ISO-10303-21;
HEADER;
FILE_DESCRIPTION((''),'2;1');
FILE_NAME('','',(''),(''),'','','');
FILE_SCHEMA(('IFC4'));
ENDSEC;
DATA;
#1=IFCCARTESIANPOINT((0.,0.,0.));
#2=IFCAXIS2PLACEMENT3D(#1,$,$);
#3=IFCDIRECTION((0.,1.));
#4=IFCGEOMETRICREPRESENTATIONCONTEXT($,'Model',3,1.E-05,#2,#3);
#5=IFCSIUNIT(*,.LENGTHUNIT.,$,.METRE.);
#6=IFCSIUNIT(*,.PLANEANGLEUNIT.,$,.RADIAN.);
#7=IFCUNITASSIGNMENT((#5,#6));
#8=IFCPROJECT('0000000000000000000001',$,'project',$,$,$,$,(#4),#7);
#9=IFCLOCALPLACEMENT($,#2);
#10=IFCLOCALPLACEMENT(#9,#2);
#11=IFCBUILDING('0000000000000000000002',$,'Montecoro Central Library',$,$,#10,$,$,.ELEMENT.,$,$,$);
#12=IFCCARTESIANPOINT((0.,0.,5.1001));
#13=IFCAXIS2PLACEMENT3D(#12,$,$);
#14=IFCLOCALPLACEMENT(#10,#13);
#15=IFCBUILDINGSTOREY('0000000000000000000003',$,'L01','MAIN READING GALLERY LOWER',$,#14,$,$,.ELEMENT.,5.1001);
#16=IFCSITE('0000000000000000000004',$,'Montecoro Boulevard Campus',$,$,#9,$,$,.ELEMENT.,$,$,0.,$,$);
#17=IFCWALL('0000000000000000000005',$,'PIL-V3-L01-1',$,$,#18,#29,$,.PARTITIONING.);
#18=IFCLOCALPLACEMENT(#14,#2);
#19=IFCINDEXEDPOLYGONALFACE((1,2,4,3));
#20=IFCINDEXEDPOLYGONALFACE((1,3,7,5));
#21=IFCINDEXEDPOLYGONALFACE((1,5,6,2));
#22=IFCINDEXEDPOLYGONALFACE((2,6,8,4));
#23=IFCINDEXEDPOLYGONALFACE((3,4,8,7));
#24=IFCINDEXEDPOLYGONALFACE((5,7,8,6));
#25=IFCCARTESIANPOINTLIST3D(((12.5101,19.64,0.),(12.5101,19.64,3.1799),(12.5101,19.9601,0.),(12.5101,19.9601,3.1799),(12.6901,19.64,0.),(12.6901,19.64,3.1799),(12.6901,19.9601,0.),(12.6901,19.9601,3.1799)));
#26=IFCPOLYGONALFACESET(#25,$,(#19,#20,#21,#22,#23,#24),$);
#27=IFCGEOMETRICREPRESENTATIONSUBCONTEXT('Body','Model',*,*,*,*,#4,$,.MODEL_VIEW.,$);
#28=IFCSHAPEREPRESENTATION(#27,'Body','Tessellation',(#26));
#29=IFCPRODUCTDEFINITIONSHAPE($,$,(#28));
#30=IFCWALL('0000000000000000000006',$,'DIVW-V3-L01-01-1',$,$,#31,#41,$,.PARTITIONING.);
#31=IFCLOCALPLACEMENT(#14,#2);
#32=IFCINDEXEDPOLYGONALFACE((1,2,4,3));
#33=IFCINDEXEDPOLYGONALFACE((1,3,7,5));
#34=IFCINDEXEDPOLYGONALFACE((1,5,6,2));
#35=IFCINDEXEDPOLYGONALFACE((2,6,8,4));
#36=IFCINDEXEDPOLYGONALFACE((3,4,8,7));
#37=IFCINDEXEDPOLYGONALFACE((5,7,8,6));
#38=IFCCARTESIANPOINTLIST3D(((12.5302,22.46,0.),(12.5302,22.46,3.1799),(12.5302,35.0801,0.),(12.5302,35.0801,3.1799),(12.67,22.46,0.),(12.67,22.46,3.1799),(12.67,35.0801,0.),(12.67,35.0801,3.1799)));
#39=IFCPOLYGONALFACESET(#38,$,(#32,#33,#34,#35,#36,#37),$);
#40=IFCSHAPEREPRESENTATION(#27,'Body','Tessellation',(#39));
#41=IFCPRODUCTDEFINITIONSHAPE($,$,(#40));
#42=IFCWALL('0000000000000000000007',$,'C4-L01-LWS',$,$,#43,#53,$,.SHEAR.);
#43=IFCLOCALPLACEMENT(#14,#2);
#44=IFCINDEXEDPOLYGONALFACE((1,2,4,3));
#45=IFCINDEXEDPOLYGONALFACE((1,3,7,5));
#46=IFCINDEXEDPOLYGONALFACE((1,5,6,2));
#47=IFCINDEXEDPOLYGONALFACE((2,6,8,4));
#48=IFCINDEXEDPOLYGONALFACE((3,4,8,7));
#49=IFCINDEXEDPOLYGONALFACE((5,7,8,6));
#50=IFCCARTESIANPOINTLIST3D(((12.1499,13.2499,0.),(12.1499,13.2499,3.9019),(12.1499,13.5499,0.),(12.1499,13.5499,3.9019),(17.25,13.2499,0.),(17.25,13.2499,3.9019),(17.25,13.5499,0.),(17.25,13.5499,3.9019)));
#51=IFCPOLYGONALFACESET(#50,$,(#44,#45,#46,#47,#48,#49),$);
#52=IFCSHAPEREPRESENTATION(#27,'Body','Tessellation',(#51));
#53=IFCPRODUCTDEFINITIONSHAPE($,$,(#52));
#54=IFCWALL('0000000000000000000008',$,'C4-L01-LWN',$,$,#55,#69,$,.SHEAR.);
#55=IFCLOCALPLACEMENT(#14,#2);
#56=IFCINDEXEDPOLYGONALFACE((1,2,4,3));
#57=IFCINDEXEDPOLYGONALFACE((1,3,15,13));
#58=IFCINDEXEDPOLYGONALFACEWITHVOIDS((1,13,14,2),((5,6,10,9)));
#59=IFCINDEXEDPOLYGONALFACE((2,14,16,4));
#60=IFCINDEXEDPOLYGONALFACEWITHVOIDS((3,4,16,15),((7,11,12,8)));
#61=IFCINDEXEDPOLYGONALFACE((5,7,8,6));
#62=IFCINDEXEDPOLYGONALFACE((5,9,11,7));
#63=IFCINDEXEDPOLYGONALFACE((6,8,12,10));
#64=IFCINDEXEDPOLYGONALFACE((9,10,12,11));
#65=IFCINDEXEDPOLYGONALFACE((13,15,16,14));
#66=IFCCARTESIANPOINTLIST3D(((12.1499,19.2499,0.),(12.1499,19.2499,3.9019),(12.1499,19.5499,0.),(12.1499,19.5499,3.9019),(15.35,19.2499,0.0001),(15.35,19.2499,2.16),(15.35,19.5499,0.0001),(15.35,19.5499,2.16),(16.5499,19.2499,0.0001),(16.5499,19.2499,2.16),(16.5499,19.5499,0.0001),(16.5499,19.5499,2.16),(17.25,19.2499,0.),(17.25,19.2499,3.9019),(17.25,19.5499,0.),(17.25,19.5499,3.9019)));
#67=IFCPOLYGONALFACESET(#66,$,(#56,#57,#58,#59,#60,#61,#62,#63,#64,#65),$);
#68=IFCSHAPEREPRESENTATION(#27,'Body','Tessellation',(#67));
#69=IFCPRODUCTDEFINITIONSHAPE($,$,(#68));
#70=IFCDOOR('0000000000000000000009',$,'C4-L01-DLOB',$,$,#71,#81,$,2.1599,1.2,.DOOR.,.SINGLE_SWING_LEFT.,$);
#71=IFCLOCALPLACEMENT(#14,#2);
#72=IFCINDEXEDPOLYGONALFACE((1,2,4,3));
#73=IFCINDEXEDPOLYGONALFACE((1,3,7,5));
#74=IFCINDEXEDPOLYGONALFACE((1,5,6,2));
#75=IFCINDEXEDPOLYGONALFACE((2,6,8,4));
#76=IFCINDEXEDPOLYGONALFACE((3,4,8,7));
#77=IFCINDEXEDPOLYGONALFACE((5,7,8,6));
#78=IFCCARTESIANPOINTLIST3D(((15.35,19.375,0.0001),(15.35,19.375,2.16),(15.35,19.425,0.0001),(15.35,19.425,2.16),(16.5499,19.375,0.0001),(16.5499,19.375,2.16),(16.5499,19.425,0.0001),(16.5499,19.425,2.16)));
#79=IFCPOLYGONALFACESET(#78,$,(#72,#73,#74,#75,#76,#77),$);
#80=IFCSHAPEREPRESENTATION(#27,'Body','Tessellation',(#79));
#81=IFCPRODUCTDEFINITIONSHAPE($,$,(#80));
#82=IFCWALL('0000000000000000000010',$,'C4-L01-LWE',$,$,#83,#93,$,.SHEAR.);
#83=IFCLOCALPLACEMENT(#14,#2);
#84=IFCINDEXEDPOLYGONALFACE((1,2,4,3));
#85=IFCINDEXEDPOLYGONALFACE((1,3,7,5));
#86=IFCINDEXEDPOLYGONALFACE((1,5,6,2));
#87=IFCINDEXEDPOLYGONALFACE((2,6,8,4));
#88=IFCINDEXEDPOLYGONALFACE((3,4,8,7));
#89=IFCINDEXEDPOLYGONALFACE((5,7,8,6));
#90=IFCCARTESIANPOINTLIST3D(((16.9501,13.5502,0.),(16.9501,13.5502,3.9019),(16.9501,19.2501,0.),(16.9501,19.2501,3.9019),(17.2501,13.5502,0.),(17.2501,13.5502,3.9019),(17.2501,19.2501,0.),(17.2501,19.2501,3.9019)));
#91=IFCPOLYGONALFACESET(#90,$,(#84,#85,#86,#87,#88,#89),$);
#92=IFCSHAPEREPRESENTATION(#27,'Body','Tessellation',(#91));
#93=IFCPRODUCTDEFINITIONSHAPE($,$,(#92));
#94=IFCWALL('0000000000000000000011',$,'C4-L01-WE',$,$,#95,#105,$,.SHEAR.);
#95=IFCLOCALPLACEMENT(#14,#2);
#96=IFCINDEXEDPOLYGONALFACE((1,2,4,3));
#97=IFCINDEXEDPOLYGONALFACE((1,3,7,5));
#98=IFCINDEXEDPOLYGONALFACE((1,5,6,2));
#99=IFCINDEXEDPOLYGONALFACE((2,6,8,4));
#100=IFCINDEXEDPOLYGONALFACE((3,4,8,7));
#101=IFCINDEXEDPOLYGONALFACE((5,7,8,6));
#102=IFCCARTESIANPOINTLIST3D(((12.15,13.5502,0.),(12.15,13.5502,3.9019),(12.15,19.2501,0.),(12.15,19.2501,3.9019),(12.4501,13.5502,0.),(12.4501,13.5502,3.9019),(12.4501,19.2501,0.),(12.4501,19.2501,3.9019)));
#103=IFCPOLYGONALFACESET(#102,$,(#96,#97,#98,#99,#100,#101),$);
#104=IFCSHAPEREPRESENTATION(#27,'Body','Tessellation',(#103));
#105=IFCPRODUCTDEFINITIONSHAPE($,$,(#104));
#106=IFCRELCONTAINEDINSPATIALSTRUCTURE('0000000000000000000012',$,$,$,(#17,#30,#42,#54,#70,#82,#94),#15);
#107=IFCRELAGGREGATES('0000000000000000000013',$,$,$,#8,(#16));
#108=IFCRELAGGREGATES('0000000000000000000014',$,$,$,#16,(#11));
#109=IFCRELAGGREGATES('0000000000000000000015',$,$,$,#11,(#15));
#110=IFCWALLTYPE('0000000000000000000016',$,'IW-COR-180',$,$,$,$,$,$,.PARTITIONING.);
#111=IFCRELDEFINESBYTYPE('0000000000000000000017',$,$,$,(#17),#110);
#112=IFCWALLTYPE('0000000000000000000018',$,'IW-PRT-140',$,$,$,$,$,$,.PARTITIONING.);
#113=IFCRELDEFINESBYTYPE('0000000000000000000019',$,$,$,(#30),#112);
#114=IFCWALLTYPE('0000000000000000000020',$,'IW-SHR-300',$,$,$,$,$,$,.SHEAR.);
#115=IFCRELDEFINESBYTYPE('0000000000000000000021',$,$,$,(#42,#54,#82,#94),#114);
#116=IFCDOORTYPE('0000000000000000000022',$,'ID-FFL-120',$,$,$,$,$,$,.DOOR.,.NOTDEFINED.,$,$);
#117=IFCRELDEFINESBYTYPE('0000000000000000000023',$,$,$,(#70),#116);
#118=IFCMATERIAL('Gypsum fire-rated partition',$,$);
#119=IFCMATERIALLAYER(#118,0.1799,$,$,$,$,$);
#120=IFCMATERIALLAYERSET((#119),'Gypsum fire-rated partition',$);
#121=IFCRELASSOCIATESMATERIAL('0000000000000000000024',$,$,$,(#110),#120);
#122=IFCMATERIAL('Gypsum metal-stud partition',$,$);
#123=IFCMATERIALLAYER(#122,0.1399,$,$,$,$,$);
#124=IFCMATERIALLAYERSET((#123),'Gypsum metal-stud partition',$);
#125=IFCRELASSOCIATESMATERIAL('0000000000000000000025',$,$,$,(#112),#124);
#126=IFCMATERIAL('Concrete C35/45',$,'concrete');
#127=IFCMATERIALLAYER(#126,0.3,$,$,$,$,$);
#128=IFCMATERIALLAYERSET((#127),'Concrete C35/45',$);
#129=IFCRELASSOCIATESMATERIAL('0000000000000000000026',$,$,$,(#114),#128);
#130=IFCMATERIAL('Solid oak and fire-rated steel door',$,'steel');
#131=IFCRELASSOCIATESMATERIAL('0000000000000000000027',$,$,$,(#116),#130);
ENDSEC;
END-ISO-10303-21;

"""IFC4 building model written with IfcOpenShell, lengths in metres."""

from ifc_helpers import new_model, si_unit, direction, frame, frame_2d, origin, place, context, subcontext, project, spatial, rectangle, extrude, material, layer, layer_set, type_object, element, fill, save


model = new_model("IFC4")

# Units and contexts
model_context = context("Model", 3, precision=1e-05, world=origin(), true_north=direction((0.0, 1.0)))
body_context = subcontext(model_context, "Body", "Model", "MODEL_VIEW")
ifc_project = project(units=[si_unit("LENGTHUNIT", "METRE"), si_unit("PLANEANGLEUNIT", "RADIAN")], contexts=[model_context])

# Site, building, storey
site_placement = place(None, origin())
site = spatial("IfcSite", under=ifc_project, at=site_placement, Name="Montecoro Boulevard Campus", CompositionType="ELEMENT", RefElevation=0.0)
building_placement = place(site_placement, origin())
building = spatial("IfcBuilding", under=site, at=building_placement, Name="Montecoro Central Library", CompositionType="ELEMENT")
storey_placement = place(building_placement, frame((0.0, 0.0, 5.1001)))
storey = spatial("IfcBuildingStorey", under=building, at=storey_placement, Name="L01", Description="MAIN READING GALLERY LOWER", CompositionType="ELEMENT", Elevation=5.1001)

# Shared definitions
ifc_material_1 = material(Name="Gypsum fire-rated partition")
ifc_layer_1 = layer(ifc_material_1, 0.1799)
ifc_layer_set_1 = layer_set([ifc_layer_1], Name="Gypsum fire-rated partition")
wall_type_1 = type_object("IfcWallType", Name="IW-COR-180", PredefinedType="PARTITIONING", material=ifc_layer_set_1)
ifc_material_2 = material(Name="Solid oak and fire-rated steel door", Category="steel")

# Wall
wall_1_placement = place(storey_placement, frame((12.6001, 19.6399, 0.0), z_axis=(0.0, 0.0, 1.0), x_axis=(0.0, 1.0, 0.0)))
element("IfcWall", 1, at=wall_1_placement, inside=storey, type_object=wall_type_1, Name="PIL-V3-L01-1", PredefinedType="PARTITIONING", context=body_context, shape_type="SweptSolid", body=[
    extrude(rectangle(XDim=0.3201, YDim=0.1799, at=frame_2d((0.1602, 0.0))), origin(), (0.0, 0.0, 1.0), 3.1799),
])

# Walls
ifc_material_3 = material(Name="Gypsum metal-stud partition")
ifc_layer_2 = layer(ifc_material_3, 0.1399)
ifc_layer_set_2 = layer_set([ifc_layer_2], Name="Gypsum metal-stud partition")
wall_type_2 = type_object("IfcWallType", Name="IW-PRT-140", PredefinedType="PARTITIONING", material=ifc_layer_set_2)
wall_2_placement = place(storey_placement, frame((12.6001, 22.46, 0.0), z_axis=(0.0, 0.0, 1.0), x_axis=(0.0, 1.0, 0.0)))
element("IfcWall", 2, at=wall_2_placement, inside=storey, type_object=wall_type_2, Name="DIVW-V3-L01-01-1", PredefinedType="PARTITIONING", context=body_context, shape_type="SweptSolid", body=[
    extrude(rectangle(XDim=12.6201, YDim=0.1399, at=frame_2d((6.3101, 0.0))), origin(), (0.0, 0.0, 1.0), 3.1799),
])
ifc_material_4 = material(Name="Concrete C35/45", Category="concrete")
ifc_layer_3 = layer(ifc_material_4, 0.3)
ifc_layer_set_3 = layer_set([ifc_layer_3], Name="Concrete C35/45")
wall_type_3 = type_object("IfcWallType", Name="IW-SHR-300", PredefinedType="SHEAR", material=ifc_layer_set_3)
wall_3_placement = place(storey_placement, frame((12.1499, 13.3999, 0.0), z_axis=(0.0, 0.0, 1.0), x_axis=(1.0, 0.0, 0.0)))
element("IfcWall", 3, at=wall_3_placement, inside=storey, type_object=wall_type_3, Name="C4-L01-LWS", PredefinedType="SHEAR", context=body_context, shape_type="SweptSolid", body=[
    extrude(rectangle(XDim=5.1001, YDim=0.3, at=frame_2d((2.55, 0.0))), origin(), (0.0, 0.0, 1.0), 3.9019),
])

# Wall, opening, door
wall_4_placement = place(storey_placement, frame((17.25, 19.3999, 0.0), z_axis=(0.0, 0.0, 1.0), x_axis=(-1.0, 0.0, 0.0)))
wall_4 = element("IfcWall", 4, at=wall_4_placement, inside=storey, type_object=wall_type_3, Name="C4-L01-LWN", PredefinedType="SHEAR", context=body_context, shape_type="SweptSolid", body=[
    extrude(rectangle(XDim=5.1001, YDim=0.3, at=frame_2d((2.55, 0.0))), origin(), (0.0, 0.0, 1.0), 3.9019),
])
opening_1_placement = place(wall_4_placement, frame((0.7, 0.0, 0.0)))
opening_1 = element("IfcOpeningElement", 5, at=opening_1_placement, cuts=wall_4, PredefinedType="OPENING", context=body_context, shape_type="SweptSolid", body=[
    extrude(rectangle(XDim=1.2, YDim=2.1599, at=frame_2d((0.6001, 1.0801))), frame((0.0, 0.1599, 0.0), z_axis=(0.0, -1.0, 0.0), x_axis=(1.0, 0.0, 0.0)), (0.0, 0.0, 1.0), 0.3201),
])
door_type_1 = type_object("IfcDoorType", Name="ID-FFL-120", OperationType="NOTDEFINED", PredefinedType="DOOR", material=ifc_material_2)
door_1_placement = place(opening_1_placement, origin())
door_1 = element("IfcDoor", 6, at=door_1_placement, inside=storey, type_object=door_type_1, Name="C4-L01-DLOB", OperationType="SINGLE_SWING_LEFT", OverallHeight=2.1599, OverallWidth=1.2, PredefinedType="DOOR", context=body_context, shape_type="SweptSolid", body=[
    extrude(rectangle(XDim=1.2, YDim=2.1599, at=frame_2d((0.6001, 1.0801))), frame((0.0, 0.0249, 0.0), z_axis=(0.0, -1.0, 0.0), x_axis=(1.0, 0.0, 0.0)), (0.0, 0.0, 1.0), 0.05),
])
fill(opening_1, door_1)

# Walls
for number, where, z_axis, x_axis, name in (
    (7, (17.1001, 13.55, 0.0), (0.0, 0.0, 1.0), (0.0, 1.0, 0.0), "C4-L01-LWE"),
    (8, (12.3, 13.55, 0.0), (0.0, 0.0, 1.0), (0.0, 1.0, 0.0), "C4-L01-WE"),
):
    element("IfcWall", number, at=place(storey_placement, frame(where, z_axis=z_axis, x_axis=x_axis)), inside=storey, type_object=wall_type_3, Name=name, PredefinedType="SHEAR", context=body_context, shape_type="SweptSolid", body=[
        extrude(rectangle(XDim=5.7, YDim=0.3, at=frame_2d((2.8501, 0.0))), origin(), (0.0, 0.0, 1.0), 3.9019),
    ])

save(model, "model.ifc")
